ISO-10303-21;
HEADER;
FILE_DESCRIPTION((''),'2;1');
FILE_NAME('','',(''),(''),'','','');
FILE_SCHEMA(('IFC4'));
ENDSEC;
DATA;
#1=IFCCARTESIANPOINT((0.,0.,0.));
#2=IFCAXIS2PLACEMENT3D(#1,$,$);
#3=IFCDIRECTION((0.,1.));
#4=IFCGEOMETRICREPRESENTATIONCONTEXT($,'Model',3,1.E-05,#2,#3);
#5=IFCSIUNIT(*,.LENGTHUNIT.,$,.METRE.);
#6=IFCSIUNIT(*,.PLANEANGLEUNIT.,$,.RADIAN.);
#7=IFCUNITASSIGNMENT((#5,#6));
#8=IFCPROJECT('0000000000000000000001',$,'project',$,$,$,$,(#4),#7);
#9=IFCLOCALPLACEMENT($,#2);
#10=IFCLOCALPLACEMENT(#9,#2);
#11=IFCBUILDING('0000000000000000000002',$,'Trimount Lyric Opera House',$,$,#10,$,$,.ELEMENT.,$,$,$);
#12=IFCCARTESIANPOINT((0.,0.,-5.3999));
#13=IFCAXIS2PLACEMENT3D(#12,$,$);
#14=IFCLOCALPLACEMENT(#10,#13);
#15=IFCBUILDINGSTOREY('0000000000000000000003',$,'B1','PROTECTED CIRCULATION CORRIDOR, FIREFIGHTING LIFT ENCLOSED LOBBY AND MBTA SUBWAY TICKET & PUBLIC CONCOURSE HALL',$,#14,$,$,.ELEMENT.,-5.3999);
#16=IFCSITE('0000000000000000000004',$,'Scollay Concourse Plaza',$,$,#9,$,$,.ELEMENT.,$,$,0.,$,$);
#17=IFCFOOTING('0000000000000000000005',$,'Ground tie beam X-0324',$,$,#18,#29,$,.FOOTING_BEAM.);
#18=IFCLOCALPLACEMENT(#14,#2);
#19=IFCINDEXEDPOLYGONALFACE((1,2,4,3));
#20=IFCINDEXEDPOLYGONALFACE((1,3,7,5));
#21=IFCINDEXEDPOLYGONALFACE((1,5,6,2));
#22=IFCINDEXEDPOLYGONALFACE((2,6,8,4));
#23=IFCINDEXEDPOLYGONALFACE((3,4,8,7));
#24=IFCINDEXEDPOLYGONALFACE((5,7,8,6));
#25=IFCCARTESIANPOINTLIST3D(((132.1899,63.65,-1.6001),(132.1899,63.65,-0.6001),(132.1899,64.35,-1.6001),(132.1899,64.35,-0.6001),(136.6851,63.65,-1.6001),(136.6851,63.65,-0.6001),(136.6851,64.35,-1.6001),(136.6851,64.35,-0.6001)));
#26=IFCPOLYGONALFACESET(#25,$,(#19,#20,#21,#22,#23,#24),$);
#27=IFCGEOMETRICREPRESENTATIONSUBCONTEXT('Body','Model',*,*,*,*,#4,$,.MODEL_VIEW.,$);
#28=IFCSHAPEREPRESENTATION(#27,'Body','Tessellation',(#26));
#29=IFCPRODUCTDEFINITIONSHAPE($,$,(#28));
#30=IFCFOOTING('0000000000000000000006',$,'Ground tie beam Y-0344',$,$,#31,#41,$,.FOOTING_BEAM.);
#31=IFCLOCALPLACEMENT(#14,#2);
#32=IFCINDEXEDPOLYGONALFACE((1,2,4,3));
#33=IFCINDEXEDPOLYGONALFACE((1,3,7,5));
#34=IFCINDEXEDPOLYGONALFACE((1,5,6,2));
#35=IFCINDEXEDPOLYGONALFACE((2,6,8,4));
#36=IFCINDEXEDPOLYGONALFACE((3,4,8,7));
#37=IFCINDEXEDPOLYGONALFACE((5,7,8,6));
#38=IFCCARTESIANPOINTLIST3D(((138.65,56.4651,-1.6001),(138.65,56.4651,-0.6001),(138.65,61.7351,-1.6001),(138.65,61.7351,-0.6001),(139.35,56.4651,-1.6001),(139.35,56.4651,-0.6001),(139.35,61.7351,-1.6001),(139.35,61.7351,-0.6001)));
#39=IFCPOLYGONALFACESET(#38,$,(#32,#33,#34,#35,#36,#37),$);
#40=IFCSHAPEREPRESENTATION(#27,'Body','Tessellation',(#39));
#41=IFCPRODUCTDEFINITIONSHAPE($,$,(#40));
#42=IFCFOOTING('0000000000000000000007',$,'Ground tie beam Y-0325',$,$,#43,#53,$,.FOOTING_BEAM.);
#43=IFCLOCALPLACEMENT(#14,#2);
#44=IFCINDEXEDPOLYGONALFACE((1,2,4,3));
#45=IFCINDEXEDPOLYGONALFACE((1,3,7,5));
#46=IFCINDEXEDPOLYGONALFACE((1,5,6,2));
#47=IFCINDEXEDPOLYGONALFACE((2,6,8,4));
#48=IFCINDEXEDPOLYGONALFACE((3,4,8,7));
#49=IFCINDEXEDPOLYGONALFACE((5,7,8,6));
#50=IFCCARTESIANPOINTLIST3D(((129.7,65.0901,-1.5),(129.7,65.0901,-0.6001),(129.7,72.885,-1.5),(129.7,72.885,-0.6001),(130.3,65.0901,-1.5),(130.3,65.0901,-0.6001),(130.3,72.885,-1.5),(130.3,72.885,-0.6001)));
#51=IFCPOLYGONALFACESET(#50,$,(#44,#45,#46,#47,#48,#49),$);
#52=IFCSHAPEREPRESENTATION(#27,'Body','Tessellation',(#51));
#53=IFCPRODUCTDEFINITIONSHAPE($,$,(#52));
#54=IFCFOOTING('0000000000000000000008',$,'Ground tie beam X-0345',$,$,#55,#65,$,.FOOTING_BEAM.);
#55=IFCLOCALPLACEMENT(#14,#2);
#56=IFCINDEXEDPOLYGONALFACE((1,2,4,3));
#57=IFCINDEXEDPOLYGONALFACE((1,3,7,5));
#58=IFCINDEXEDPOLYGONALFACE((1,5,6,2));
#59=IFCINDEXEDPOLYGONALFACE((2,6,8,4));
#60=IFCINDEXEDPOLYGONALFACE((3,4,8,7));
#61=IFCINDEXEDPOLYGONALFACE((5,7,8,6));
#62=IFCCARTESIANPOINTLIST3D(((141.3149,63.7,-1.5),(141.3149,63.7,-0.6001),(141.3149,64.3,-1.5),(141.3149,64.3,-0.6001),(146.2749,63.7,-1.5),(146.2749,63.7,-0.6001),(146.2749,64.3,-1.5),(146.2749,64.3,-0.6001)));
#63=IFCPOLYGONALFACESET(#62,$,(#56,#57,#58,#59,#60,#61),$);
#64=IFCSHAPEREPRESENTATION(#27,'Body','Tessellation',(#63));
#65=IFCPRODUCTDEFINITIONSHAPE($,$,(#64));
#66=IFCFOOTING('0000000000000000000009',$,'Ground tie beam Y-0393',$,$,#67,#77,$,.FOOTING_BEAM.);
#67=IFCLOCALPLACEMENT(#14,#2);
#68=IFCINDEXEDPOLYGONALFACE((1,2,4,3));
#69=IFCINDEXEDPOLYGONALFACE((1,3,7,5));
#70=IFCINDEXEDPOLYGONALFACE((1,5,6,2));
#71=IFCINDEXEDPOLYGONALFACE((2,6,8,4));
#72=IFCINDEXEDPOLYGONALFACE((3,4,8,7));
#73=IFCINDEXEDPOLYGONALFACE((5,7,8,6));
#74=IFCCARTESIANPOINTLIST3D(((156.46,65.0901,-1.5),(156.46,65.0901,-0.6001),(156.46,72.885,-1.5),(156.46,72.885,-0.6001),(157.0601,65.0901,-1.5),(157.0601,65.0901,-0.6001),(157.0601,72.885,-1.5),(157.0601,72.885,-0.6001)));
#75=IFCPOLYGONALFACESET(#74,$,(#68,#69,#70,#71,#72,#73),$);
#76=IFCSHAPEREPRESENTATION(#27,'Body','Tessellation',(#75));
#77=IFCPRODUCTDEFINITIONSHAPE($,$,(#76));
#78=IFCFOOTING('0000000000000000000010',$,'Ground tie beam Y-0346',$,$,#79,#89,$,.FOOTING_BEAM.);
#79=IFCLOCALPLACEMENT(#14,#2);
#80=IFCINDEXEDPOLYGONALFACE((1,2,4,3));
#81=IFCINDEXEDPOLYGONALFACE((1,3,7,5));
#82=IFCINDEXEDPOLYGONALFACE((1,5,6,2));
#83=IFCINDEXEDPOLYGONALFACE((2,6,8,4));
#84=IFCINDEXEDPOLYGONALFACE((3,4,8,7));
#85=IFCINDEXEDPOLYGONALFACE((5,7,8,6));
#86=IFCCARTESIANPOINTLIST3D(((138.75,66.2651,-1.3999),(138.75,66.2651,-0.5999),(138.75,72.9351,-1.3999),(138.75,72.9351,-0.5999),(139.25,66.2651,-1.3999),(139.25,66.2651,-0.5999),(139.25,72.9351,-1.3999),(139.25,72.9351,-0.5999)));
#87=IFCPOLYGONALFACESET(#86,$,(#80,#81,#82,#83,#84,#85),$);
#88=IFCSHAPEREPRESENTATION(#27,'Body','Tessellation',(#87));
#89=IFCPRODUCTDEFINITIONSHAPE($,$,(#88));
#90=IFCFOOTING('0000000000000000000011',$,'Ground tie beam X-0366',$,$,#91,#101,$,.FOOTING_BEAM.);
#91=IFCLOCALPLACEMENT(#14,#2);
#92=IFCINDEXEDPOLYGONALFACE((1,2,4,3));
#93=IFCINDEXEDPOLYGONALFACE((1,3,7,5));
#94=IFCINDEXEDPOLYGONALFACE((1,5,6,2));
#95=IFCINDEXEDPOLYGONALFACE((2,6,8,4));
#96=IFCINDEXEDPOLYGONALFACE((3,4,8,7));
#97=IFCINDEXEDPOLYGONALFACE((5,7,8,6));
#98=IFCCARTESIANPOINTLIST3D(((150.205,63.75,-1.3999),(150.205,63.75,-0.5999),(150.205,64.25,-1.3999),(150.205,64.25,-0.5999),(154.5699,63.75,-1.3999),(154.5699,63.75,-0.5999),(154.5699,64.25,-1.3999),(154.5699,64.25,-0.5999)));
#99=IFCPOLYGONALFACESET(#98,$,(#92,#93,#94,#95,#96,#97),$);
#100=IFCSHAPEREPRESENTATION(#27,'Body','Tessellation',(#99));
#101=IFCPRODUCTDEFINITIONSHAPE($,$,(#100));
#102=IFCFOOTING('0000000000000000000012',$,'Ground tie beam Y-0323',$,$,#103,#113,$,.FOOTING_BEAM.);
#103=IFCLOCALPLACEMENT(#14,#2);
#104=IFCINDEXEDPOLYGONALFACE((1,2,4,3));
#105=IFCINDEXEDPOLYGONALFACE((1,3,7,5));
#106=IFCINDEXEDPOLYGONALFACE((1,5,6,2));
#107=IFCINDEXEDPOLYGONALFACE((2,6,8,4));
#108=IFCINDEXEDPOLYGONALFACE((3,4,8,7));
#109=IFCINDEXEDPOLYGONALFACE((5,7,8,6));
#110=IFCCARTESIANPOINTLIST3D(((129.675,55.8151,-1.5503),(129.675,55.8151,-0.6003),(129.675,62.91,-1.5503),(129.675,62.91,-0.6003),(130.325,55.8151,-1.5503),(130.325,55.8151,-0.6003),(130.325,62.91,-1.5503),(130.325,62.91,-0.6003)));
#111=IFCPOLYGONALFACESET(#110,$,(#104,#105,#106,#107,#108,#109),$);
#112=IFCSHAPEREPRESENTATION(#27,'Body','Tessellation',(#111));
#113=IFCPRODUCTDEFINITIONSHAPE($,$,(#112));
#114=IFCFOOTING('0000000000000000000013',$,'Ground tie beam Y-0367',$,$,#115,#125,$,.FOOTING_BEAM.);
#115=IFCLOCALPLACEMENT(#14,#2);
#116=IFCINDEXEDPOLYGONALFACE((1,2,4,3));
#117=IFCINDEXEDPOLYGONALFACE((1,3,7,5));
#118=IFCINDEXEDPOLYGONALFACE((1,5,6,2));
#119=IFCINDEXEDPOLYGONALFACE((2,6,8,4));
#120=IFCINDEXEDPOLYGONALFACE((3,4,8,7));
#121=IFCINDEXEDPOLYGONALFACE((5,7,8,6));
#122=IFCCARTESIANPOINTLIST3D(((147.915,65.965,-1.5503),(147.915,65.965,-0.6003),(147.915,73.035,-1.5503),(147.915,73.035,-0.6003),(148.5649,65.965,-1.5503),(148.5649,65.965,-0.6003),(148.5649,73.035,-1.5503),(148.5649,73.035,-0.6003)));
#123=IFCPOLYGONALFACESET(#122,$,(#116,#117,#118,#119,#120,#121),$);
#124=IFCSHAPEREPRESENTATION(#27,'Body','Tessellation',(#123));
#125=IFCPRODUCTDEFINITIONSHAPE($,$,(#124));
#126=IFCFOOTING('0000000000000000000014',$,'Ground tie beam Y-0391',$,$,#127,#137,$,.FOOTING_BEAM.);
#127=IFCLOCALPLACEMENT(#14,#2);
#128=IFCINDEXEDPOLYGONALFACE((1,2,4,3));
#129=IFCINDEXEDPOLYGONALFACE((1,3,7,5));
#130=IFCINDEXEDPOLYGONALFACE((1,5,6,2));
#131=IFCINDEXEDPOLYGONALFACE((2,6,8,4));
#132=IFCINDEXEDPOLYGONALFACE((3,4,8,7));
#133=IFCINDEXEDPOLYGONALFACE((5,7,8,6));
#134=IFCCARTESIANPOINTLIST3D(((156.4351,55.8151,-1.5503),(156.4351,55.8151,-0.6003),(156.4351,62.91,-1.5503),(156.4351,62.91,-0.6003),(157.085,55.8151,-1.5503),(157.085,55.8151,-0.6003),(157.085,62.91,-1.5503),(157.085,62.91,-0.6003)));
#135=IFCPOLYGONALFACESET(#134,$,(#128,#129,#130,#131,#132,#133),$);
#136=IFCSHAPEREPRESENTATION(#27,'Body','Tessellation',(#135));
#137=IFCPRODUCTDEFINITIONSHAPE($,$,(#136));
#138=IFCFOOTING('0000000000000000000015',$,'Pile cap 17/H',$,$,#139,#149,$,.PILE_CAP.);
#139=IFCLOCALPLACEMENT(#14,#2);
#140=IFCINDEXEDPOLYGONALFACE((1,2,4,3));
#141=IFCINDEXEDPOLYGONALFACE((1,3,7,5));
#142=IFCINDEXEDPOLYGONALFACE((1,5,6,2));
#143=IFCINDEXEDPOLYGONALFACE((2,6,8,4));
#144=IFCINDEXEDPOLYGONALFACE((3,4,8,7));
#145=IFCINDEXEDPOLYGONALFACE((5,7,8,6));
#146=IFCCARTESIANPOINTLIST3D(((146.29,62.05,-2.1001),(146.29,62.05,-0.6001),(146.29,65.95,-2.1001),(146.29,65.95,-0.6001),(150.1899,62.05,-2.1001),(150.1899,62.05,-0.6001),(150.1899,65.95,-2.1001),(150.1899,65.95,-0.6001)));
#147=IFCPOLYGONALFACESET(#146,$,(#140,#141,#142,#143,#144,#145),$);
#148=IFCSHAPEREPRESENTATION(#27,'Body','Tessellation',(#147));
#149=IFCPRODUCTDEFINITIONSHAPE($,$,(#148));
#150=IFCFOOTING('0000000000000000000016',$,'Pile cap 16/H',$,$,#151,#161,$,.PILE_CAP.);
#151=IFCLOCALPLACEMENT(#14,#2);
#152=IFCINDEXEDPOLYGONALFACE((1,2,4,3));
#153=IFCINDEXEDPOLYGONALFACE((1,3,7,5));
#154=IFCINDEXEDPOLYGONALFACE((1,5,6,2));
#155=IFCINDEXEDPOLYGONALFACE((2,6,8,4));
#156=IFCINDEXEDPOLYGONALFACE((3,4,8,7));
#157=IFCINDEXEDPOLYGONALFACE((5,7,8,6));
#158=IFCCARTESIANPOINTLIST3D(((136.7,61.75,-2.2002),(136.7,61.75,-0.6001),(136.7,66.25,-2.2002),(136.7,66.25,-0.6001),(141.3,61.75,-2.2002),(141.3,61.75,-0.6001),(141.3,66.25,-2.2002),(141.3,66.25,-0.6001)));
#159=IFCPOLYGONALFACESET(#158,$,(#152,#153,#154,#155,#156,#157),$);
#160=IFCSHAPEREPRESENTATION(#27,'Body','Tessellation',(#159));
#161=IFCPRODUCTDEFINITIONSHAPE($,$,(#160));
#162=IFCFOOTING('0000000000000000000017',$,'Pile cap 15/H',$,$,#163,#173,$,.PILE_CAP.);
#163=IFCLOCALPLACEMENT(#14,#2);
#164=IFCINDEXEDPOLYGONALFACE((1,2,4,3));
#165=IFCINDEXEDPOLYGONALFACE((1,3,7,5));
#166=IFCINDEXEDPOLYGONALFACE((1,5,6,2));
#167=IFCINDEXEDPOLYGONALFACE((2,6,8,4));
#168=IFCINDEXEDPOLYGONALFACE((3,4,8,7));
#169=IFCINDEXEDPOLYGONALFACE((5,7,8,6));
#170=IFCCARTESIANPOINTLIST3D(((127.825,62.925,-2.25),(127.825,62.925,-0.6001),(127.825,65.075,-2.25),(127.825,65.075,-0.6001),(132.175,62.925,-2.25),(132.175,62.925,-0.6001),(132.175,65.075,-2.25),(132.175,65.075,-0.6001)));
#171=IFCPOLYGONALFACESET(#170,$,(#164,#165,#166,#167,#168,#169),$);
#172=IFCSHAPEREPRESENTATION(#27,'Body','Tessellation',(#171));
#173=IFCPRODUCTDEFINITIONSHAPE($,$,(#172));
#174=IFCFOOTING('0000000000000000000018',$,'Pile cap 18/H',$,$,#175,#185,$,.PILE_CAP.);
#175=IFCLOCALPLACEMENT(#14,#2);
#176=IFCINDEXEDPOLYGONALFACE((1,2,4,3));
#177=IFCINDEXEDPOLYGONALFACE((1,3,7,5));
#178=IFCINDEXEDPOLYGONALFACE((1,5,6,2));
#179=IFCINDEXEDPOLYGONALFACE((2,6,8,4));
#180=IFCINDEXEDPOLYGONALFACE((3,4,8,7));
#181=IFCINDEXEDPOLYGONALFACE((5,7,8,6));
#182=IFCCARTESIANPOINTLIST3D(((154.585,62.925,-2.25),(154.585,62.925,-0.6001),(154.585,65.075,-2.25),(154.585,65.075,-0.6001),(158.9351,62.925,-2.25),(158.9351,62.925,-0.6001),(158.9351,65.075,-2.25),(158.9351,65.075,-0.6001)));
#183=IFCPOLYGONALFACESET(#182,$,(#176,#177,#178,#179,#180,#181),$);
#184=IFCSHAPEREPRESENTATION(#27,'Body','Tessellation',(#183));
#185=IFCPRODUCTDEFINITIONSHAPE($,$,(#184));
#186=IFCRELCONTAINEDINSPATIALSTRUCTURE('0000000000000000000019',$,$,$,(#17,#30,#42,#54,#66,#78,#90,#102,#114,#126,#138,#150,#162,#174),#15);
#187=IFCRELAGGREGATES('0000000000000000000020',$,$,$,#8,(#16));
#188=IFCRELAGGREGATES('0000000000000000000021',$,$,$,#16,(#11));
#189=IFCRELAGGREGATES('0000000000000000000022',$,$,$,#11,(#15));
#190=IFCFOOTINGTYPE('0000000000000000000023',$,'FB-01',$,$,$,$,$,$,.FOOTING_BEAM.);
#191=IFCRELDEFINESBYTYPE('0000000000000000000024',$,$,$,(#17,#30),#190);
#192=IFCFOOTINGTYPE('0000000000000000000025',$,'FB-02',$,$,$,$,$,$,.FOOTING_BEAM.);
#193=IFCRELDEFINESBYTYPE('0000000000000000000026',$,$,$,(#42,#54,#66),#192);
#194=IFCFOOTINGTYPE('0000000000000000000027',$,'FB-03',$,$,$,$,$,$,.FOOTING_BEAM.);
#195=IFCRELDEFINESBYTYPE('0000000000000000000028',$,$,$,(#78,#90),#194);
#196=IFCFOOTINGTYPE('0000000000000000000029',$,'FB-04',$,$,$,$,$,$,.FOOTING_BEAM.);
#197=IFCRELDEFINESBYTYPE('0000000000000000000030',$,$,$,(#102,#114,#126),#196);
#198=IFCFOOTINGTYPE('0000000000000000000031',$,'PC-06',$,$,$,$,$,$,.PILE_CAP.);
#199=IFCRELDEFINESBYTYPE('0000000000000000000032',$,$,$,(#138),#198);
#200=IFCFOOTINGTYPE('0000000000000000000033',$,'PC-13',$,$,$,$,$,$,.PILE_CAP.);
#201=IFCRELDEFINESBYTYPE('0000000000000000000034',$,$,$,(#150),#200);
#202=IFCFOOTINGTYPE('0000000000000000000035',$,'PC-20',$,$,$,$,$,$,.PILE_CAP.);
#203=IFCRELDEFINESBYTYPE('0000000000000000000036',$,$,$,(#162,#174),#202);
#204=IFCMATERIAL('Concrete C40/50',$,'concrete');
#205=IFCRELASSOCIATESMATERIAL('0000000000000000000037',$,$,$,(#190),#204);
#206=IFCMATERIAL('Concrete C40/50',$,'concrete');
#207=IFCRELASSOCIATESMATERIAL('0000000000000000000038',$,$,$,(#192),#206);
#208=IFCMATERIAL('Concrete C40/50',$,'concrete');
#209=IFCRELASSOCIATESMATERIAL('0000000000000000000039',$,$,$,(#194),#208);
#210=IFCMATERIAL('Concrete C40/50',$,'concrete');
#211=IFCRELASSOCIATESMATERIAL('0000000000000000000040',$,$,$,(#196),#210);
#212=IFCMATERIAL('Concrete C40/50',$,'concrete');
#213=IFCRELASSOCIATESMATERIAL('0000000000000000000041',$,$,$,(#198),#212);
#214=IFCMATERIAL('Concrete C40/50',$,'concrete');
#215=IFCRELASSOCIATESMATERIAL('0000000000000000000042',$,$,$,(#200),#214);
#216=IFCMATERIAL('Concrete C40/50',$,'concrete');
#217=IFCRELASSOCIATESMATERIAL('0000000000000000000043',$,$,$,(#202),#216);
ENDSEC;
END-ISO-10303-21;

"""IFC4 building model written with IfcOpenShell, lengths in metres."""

from ifc_helpers import new_model, si_unit, direction, frame, origin, origin_2d, place, context, subcontext, project, spatial, rectangle, extrude, material, type_object, element, save


model = new_model("IFC4")

# Units and contexts
model_context = context("Model", 3, precision=1e-05, world=origin(), true_north=direction((0.0, 1.0)))
body_context = subcontext(model_context, "Body", "Model", "MODEL_VIEW")
ifc_project = project(units=[si_unit("LENGTHUNIT", "METRE"), si_unit("PLANEANGLEUNIT", "RADIAN")], contexts=[model_context])

# Site, building, storey
site_placement = place(None, origin())
site = spatial("IfcSite", under=ifc_project, at=site_placement, Name="Scollay Concourse Plaza", CompositionType="ELEMENT", RefElevation=0.0)
building_placement = place(site_placement, origin())
building = spatial("IfcBuilding", under=site, at=building_placement, Name="Trimount Lyric Opera House", CompositionType="ELEMENT")
storey_placement = place(building_placement, frame((0.0, 0.0, -5.3999)))
storey = spatial("IfcBuildingStorey", under=building, at=storey_placement, Name="B1", Description="PROTECTED CIRCULATION CORRIDOR, FIREFIGHTING LIFT ENCLOSED LOBBY AND MBTA SUBWAY TICKET & PUBLIC CONCOURSE HALL", CompositionType="ELEMENT", Elevation=-5.3999)

# Footings
ifc_material_1 = material(Name="Concrete C40/50", Category="concrete")
footing_type_1 = type_object("IfcFootingType", Name="FB-01", PredefinedType="FOOTING_BEAM", material=ifc_material_1)
footing_1_placement = place(storey_placement, frame((134.4375, 64.0, -1.6001), z_axis=(0.0, 0.0, 1.0), x_axis=(1.0, 0.0, 0.0)))
element("IfcFooting", 1, at=footing_1_placement, inside=storey, type_object=footing_type_1, Name="Ground tie beam X-0324", PredefinedType="FOOTING_BEAM", context=body_context, shape_type="SweptSolid", body=[
    extrude(rectangle(XDim=4.4951, YDim=0.7, at=origin_2d()), origin(), (0.0, 0.0, 1.0), 1.0),
])
footing_2_placement = place(storey_placement, frame((139.0, 59.1001, -1.6001), z_axis=(0.0, 0.0, 1.0), x_axis=(1.0, 0.0, 0.0)))
element("IfcFooting", 2, at=footing_2_placement, inside=storey, type_object=footing_type_1, Name="Ground tie beam Y-0344", PredefinedType="FOOTING_BEAM", context=body_context, shape_type="SweptSolid", body=[
    extrude(rectangle(XDim=0.7, YDim=5.27, at=origin_2d()), origin(), (0.0, 0.0, 1.0), 1.0),
])
ifc_material_2 = material(Name="Concrete C40/50", Category="concrete")
footing_type_2 = type_object("IfcFootingType", Name="FB-02", PredefinedType="FOOTING_BEAM", material=ifc_material_2)
footing_3_placement = place(storey_placement, frame((130.0, 68.9875, -1.5), z_axis=(0.0, 0.0, 1.0), x_axis=(1.0, 0.0, 0.0)))
element("IfcFooting", 3, at=footing_3_placement, inside=storey, type_object=footing_type_2, Name="Ground tie beam Y-0325", PredefinedType="FOOTING_BEAM", context=body_context, shape_type="SweptSolid", body=[
    extrude(rectangle(XDim=0.6001, YDim=7.7949, at=origin_2d()), origin(), (0.0, 0.0, 1.0), 0.8999),
])
footing_4_placement = place(storey_placement, frame((143.7949, 64.0, -1.5), z_axis=(0.0, 0.0, 1.0), x_axis=(1.0, 0.0, 0.0)))
element("IfcFooting", 4, at=footing_4_placement, inside=storey, type_object=footing_type_2, Name="Ground tie beam X-0345", PredefinedType="FOOTING_BEAM", context=body_context, shape_type="SweptSolid", body=[
    extrude(rectangle(XDim=4.96, YDim=0.6001, at=origin_2d()), origin(), (0.0, 0.0, 1.0), 0.8999),
])
footing_5_placement = place(storey_placement, frame((156.76, 68.9875, -1.5), z_axis=(0.0, 0.0, 1.0), x_axis=(1.0, 0.0, 0.0)))
element("IfcFooting", 5, at=footing_5_placement, inside=storey, type_object=footing_type_2, Name="Ground tie beam Y-0393", PredefinedType="FOOTING_BEAM", context=body_context, shape_type="SweptSolid", body=[
    extrude(rectangle(XDim=0.6001, YDim=7.7949, at=origin_2d()), origin(), (0.0, 0.0, 1.0), 0.8999),
])
ifc_material_3 = material(Name="Concrete C40/50", Category="concrete")
footing_type_3 = type_object("IfcFootingType", Name="FB-03", PredefinedType="FOOTING_BEAM", material=ifc_material_3)
footing_6_placement = place(storey_placement, frame((139.0, 69.6001, -1.3999), z_axis=(0.0, 0.0, 1.0), x_axis=(1.0, 0.0, 0.0)))
element("IfcFooting", 6, at=footing_6_placement, inside=storey, type_object=footing_type_3, Name="Ground tie beam Y-0346", PredefinedType="FOOTING_BEAM", context=body_context, shape_type="SweptSolid", body=[
    extrude(rectangle(XDim=0.5, YDim=6.6699, at=origin_2d()), origin(), (0.0, 0.0, 1.0), 0.8),
])
footing_7_placement = place(storey_placement, frame((152.3875, 64.0, -1.3999), z_axis=(0.0, 0.0, 1.0), x_axis=(1.0, 0.0, 0.0)))
element("IfcFooting", 7, at=footing_7_placement, inside=storey, type_object=footing_type_3, Name="Ground tie beam X-0366", PredefinedType="FOOTING_BEAM", context=body_context, shape_type="SweptSolid", body=[
    extrude(rectangle(XDim=4.365, YDim=0.5, at=origin_2d()), origin(), (0.0, 0.0, 1.0), 0.8),
])
ifc_material_4 = material(Name="Concrete C40/50", Category="concrete")
footing_type_4 = type_object("IfcFootingType", Name="FB-04", PredefinedType="FOOTING_BEAM", material=ifc_material_4)
footing_8_placement = place(storey_placement, frame((130.0, 59.3625, -1.5503), z_axis=(0.0, 0.0, 1.0), x_axis=(1.0, 0.0, 0.0)))
element("IfcFooting", 8, at=footing_8_placement, inside=storey, type_object=footing_type_4, Name="Ground tie beam Y-0323", PredefinedType="FOOTING_BEAM", context=body_context, shape_type="SweptSolid", body=[
    extrude(rectangle(XDim=0.6499, YDim=7.095, at=origin_2d()), origin(), (0.0, 0.0, 1.0), 0.95),
])
footing_9_placement = place(storey_placement, frame((148.24, 69.5, -1.5503), z_axis=(0.0, 0.0, 1.0), x_axis=(1.0, 0.0, 0.0)))
element("IfcFooting", 9, at=footing_9_placement, inside=storey, type_object=footing_type_4, Name="Ground tie beam Y-0367", PredefinedType="FOOTING_BEAM", context=body_context, shape_type="SweptSolid", body=[
    extrude(rectangle(XDim=0.6499, YDim=7.0701, at=origin_2d()), origin(), (0.0, 0.0, 1.0), 0.95),
])
footing_10_placement = place(storey_placement, frame((156.76, 59.3625, -1.5503), z_axis=(0.0, 0.0, 1.0), x_axis=(1.0, 0.0, 0.0)))
element("IfcFooting", 10, at=footing_10_placement, inside=storey, type_object=footing_type_4, Name="Ground tie beam Y-0391", PredefinedType="FOOTING_BEAM", context=body_context, shape_type="SweptSolid", body=[
    extrude(rectangle(XDim=0.6499, YDim=7.095, at=origin_2d()), origin(), (0.0, 0.0, 1.0), 0.95),
])
ifc_material_5 = material(Name="Concrete C40/50", Category="concrete")
footing_type_5 = type_object("IfcFootingType", Name="PC-06", PredefinedType="PILE_CAP", material=ifc_material_5)
footing_11_placement = place(storey_placement, frame((148.24, 64.0, -2.1001), z_axis=(0.0, 0.0, 1.0), x_axis=(1.0, 0.0, 0.0)))
element("IfcFooting", 11, at=footing_11_placement, inside=storey, type_object=footing_type_5, Name="Pile cap 17/H", PredefinedType="PILE_CAP", context=body_context, shape_type="SweptSolid", body=[
    extrude(rectangle(XDim=3.8999, YDim=3.8999, at=origin_2d()), origin(), (0.0, 0.0, 1.0), 1.5),
])
ifc_material_6 = material(Name="Concrete C40/50", Category="concrete")
footing_type_6 = type_object("IfcFootingType", Name="PC-13", PredefinedType="PILE_CAP", material=ifc_material_6)
footing_12_placement = place(storey_placement, frame((139.0, 64.0, -2.2002), z_axis=(0.0, 0.0, 1.0), x_axis=(1.0, 0.0, 0.0)))
element("IfcFooting", 12, at=footing_12_placement, inside=storey, type_object=footing_type_6, Name="Pile cap 16/H", PredefinedType="PILE_CAP", context=body_context, shape_type="SweptSolid", body=[
    extrude(rectangle(XDim=4.6001, YDim=4.5, at=origin_2d()), origin(), (0.0, 0.0, 1.0), 1.6001),
])
ifc_material_7 = material(Name="Concrete C40/50", Category="concrete")
footing_type_7 = type_object("IfcFootingType", Name="PC-20", PredefinedType="PILE_CAP", material=ifc_material_7)
for number, where, z_axis, x_axis, name in (
    (13, (130.0, 64.0, -2.25), (0.0, 0.0, 1.0), (1.0, 0.0, 0.0), "Pile cap 15/H"),
    (14, (156.76, 64.0, -2.25), (0.0, 0.0, 1.0), (1.0, 0.0, 0.0), "Pile cap 18/H"),
):
    element("IfcFooting", number, at=place(storey_placement, frame(where, z_axis=z_axis, x_axis=x_axis)), inside=storey, type_object=footing_type_7, Name=name, PredefinedType="PILE_CAP", context=body_context, shape_type="SweptSolid", body=[
        extrude(rectangle(XDim=4.3501, YDim=2.1499, at=origin_2d()), origin(), (0.0, 0.0, 1.0), 1.6499),
    ])

save(model, "model.ifc")
